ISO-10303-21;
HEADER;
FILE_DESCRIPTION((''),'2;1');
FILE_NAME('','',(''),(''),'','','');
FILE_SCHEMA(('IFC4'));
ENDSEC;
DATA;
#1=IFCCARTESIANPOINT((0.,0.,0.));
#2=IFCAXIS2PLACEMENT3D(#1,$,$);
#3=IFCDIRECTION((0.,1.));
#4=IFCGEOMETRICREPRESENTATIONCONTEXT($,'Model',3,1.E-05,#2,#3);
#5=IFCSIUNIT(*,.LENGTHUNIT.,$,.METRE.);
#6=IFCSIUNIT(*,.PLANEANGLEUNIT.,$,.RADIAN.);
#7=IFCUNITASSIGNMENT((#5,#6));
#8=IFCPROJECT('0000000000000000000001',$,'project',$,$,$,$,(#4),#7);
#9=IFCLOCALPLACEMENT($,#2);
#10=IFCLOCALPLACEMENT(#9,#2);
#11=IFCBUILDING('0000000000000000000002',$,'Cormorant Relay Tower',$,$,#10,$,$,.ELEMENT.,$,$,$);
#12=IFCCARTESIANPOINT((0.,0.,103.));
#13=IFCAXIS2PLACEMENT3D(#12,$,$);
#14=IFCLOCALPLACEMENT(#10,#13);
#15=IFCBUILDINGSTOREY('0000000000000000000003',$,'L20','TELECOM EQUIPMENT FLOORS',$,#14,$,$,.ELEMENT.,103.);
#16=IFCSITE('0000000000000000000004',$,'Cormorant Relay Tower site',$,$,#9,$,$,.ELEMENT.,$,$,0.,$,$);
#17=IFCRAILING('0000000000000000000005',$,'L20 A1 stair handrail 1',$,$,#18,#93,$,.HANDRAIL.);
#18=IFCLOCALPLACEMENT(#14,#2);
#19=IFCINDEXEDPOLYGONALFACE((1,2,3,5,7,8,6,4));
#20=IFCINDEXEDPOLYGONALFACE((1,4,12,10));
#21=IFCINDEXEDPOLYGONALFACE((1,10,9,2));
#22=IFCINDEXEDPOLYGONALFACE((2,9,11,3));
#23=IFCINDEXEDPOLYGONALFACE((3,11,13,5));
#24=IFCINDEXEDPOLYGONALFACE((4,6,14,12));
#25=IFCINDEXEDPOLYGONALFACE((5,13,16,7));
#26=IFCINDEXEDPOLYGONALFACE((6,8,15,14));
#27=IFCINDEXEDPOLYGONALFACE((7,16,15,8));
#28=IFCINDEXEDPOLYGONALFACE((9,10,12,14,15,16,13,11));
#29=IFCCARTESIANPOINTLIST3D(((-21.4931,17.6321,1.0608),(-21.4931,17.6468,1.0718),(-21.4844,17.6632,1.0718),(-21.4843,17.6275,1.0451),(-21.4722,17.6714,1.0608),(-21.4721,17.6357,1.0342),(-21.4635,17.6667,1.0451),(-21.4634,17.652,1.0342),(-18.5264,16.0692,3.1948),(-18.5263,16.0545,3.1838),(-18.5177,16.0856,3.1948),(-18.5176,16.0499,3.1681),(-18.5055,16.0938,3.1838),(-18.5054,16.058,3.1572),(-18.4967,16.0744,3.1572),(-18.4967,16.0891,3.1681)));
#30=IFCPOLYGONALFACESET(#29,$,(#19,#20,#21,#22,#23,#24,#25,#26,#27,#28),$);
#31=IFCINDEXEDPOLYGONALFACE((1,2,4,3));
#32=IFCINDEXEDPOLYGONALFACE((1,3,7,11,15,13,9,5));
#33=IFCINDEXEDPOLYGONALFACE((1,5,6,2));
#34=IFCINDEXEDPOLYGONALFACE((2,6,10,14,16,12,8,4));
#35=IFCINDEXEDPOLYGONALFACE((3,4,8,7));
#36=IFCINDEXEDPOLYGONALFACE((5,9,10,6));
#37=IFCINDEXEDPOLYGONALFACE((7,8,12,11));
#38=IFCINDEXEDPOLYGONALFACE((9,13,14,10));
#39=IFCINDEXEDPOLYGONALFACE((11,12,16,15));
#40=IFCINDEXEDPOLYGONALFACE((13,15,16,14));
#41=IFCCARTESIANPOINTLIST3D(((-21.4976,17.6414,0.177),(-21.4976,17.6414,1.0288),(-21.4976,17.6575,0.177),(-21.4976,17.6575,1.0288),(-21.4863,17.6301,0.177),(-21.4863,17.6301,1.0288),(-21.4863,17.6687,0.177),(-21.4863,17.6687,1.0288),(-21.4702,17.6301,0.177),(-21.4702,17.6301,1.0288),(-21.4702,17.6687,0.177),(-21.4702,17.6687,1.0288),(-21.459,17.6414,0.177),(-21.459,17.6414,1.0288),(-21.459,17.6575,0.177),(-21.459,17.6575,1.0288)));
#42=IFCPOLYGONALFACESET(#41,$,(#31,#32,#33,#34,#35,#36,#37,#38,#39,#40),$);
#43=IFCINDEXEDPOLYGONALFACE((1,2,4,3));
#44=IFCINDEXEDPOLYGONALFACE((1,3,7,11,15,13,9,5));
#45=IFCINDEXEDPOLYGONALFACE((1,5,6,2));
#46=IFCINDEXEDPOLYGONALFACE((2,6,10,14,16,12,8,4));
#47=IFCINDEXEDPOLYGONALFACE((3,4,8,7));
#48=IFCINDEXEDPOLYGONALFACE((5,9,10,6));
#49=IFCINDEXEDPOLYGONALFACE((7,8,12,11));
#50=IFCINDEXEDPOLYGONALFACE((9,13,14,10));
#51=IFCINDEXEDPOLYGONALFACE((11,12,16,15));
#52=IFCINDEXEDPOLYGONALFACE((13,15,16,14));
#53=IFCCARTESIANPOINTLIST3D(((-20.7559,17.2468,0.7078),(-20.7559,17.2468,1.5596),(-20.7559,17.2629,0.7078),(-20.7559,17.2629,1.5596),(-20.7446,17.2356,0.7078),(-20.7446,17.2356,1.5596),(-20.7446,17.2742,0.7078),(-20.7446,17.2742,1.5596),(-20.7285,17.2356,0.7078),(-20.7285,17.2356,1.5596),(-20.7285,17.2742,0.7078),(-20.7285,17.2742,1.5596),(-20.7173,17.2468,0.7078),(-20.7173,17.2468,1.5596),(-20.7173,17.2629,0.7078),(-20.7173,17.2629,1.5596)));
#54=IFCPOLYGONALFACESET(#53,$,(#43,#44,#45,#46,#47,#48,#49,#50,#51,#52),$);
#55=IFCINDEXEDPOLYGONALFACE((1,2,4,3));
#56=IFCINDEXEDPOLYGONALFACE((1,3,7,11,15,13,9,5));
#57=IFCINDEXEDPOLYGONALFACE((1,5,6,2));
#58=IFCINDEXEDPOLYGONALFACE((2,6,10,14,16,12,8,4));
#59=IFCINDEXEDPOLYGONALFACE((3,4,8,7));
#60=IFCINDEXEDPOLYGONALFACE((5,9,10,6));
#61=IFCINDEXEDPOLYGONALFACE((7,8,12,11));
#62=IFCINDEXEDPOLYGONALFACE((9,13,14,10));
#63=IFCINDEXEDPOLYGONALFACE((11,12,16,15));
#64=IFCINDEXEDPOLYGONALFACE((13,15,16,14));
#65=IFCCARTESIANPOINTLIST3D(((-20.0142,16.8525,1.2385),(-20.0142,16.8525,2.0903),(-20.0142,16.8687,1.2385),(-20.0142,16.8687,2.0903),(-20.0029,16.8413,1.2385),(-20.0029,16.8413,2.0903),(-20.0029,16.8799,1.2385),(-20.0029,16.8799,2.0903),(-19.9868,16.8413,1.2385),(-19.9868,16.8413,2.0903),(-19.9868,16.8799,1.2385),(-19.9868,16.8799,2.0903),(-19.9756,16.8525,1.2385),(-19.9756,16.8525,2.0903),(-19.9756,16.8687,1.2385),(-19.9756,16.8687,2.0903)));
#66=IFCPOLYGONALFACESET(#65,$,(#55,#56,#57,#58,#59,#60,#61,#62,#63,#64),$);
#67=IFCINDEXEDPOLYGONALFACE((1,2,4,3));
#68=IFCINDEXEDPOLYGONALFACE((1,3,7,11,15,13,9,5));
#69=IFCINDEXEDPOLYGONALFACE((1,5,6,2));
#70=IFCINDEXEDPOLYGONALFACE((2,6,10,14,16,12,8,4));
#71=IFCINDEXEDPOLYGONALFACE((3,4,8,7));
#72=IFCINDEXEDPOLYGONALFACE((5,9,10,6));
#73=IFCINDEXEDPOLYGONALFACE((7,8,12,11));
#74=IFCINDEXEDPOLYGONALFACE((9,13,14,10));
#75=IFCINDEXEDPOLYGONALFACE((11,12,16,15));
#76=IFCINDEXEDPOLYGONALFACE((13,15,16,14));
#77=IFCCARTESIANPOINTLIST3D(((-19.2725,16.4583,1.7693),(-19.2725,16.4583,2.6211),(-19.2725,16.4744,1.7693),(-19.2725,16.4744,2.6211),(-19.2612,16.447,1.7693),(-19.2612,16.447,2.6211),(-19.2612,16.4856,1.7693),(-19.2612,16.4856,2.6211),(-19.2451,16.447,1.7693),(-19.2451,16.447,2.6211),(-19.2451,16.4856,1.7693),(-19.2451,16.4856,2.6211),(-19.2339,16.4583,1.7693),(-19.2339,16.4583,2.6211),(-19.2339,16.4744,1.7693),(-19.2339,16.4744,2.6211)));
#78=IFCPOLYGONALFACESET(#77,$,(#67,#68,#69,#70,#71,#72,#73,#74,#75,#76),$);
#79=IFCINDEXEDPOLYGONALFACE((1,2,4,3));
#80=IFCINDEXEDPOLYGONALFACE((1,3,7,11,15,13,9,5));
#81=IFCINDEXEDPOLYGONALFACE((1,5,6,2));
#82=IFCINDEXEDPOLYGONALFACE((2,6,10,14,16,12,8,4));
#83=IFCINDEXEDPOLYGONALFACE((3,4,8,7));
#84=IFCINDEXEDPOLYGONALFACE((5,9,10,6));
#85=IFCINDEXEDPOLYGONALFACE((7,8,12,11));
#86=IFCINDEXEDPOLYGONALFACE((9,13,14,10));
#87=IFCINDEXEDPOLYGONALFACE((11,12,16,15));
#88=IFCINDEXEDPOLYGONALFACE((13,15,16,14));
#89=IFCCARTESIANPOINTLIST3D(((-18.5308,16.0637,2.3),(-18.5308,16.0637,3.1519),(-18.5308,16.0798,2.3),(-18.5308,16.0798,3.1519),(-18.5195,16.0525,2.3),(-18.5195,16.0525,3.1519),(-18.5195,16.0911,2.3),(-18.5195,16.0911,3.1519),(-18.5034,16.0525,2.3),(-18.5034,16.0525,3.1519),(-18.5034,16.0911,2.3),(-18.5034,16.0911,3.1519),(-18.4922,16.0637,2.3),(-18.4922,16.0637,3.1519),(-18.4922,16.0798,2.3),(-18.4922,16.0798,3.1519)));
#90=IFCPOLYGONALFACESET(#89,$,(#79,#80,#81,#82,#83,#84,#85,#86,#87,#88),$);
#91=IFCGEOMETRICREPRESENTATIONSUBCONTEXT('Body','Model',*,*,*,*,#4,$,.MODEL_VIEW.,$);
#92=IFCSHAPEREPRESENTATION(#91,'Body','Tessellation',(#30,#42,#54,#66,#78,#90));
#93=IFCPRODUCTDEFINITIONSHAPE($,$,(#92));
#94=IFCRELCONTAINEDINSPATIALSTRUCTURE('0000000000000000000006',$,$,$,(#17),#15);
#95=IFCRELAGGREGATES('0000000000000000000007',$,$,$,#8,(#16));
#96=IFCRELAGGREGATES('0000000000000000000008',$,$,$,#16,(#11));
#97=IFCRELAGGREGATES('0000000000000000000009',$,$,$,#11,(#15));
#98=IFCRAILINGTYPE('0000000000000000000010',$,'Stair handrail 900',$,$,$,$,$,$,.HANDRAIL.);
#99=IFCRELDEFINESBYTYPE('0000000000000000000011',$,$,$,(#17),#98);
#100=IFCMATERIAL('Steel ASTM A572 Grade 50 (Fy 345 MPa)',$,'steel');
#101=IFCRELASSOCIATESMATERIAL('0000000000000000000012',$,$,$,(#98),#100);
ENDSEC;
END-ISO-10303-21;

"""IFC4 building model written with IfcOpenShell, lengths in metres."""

from ifc_helpers import new_model, si_unit, direction, frame, origin, place, context, subcontext, project, spatial, polyline, outline, extrude, material, type_object, element, save


model = new_model("IFC4")

# Units and contexts
model_context = context("Model", 3, precision=1e-05, world=origin(), true_north=direction((0.0, 1.0)))
body_context = subcontext(model_context, "Body", "Model", "MODEL_VIEW")
ifc_project = project(units=[si_unit("LENGTHUNIT", "METRE"), si_unit("PLANEANGLEUNIT", "RADIAN")], contexts=[model_context])

# Site, building, storey
site_placement = place(None, origin())
site = spatial("IfcSite", under=ifc_project, at=site_placement, Name="Cormorant Relay Tower site", CompositionType="ELEMENT", RefElevation=0.0)
building_placement = place(site_placement, origin())
building = spatial("IfcBuilding", under=site, at=building_placement, Name="Cormorant Relay Tower", CompositionType="ELEMENT")
storey_placement = place(building_placement, frame((0.0, 0.0, 103.0)))
storey = spatial("IfcBuildingStorey", under=building, at=storey_placement, Name="L20", Description="TELECOM EQUIPMENT FLOORS", CompositionType="ELEMENT", Elevation=103.0)

# Railing
ifc_material_1 = material(Name="Steel ASTM A572 Grade 50 (Fy 345 MPa)", Category="steel")
railing_type_1 = type_object("IfcRailingType", Name="Stair handrail 900", PredefinedType="HANDRAIL", material=ifc_material_1)
railing_1_placement = place(storey_placement, frame((-21.4783, 17.6494, 0.177)))
element("IfcRailing", 1, at=railing_1_placement, inside=storey, type_object=railing_type_1, Name="L20 A1 stair handrail 1", PredefinedType="HANDRAIL", context=body_context, shape_type="SweptSolid", body=[
    extrude(outline(polyline([(0.0222, 0.0093), (0.0093, 0.0222), (-0.0093, 0.0222), (-0.0222, 0.0093), (-0.0222, -0.0093), (-0.0093, -0.0222), (0.0093, -0.0222), (0.0222, -0.0093), (0.0222, 0.0093)])), frame((0.0, 0.0, 0.876), z_axis=(0.746422, -0.396921, 0.534142), x_axis=(0.469509, 0.882928, 0.0)), (0.0, 0.0, 1.0), 3.9746),
    extrude(outline(polyline([(0.0193, 0.0081), (0.0081, 0.0193), (-0.0081, 0.0193), (-0.0193, 0.0081), (-0.0193, -0.0081), (-0.0081, -0.0193), (0.0081, -0.0193), (0.0193, -0.0081), (0.0193, 0.0081)])), origin(), (0.0, 0.0, 1.0), 0.8518),
    extrude(outline(polyline([(0.0193, 0.0081), (0.0081, 0.0193), (-0.0081, 0.0193), (-0.0193, 0.0081), (-0.0193, -0.0081), (-0.0081, -0.0193), (0.0081, -0.0193), (0.0193, -0.0081), (0.0193, 0.0081)])), frame((0.7417, -0.3945, 0.5308)), (0.0, 0.0, 1.0), 0.8518),
    extrude(outline(polyline([(0.0193, 0.0081), (0.0081, 0.0193), (-0.0081, 0.0193), (-0.0193, 0.0081), (-0.0193, -0.0081), (-0.0081, -0.0193), (0.0081, -0.0193), (0.0193, -0.0081), (0.0193, 0.0081)])), frame((1.4834, -0.7888, 1.0615)), (0.0, 0.0, 1.0), 0.8518),
    extrude(outline(polyline([(0.0193, 0.0081), (0.0081, 0.0193), (-0.0081, 0.0193), (-0.0193, 0.0081), (-0.0193, -0.0081), (-0.0081, -0.0193), (0.0081, -0.0193), (0.0193, -0.0081), (0.0193, 0.0081)])), frame((2.2251, -1.1831, 1.5923)), (0.0, 0.0, 1.0), 0.8518),
    extrude(outline(polyline([(0.0193, 0.0081), (0.0081, 0.0193), (-0.0081, 0.0193), (-0.0193, 0.0081), (-0.0193, -0.0081), (-0.0081, -0.0193), (0.0081, -0.0193), (0.0193, -0.0081), (0.0193, 0.0081)])), frame((2.9668, -1.5776, 2.123)), (0.0, 0.0, 1.0), 0.8518),
])

save(model, "model.ifc")
